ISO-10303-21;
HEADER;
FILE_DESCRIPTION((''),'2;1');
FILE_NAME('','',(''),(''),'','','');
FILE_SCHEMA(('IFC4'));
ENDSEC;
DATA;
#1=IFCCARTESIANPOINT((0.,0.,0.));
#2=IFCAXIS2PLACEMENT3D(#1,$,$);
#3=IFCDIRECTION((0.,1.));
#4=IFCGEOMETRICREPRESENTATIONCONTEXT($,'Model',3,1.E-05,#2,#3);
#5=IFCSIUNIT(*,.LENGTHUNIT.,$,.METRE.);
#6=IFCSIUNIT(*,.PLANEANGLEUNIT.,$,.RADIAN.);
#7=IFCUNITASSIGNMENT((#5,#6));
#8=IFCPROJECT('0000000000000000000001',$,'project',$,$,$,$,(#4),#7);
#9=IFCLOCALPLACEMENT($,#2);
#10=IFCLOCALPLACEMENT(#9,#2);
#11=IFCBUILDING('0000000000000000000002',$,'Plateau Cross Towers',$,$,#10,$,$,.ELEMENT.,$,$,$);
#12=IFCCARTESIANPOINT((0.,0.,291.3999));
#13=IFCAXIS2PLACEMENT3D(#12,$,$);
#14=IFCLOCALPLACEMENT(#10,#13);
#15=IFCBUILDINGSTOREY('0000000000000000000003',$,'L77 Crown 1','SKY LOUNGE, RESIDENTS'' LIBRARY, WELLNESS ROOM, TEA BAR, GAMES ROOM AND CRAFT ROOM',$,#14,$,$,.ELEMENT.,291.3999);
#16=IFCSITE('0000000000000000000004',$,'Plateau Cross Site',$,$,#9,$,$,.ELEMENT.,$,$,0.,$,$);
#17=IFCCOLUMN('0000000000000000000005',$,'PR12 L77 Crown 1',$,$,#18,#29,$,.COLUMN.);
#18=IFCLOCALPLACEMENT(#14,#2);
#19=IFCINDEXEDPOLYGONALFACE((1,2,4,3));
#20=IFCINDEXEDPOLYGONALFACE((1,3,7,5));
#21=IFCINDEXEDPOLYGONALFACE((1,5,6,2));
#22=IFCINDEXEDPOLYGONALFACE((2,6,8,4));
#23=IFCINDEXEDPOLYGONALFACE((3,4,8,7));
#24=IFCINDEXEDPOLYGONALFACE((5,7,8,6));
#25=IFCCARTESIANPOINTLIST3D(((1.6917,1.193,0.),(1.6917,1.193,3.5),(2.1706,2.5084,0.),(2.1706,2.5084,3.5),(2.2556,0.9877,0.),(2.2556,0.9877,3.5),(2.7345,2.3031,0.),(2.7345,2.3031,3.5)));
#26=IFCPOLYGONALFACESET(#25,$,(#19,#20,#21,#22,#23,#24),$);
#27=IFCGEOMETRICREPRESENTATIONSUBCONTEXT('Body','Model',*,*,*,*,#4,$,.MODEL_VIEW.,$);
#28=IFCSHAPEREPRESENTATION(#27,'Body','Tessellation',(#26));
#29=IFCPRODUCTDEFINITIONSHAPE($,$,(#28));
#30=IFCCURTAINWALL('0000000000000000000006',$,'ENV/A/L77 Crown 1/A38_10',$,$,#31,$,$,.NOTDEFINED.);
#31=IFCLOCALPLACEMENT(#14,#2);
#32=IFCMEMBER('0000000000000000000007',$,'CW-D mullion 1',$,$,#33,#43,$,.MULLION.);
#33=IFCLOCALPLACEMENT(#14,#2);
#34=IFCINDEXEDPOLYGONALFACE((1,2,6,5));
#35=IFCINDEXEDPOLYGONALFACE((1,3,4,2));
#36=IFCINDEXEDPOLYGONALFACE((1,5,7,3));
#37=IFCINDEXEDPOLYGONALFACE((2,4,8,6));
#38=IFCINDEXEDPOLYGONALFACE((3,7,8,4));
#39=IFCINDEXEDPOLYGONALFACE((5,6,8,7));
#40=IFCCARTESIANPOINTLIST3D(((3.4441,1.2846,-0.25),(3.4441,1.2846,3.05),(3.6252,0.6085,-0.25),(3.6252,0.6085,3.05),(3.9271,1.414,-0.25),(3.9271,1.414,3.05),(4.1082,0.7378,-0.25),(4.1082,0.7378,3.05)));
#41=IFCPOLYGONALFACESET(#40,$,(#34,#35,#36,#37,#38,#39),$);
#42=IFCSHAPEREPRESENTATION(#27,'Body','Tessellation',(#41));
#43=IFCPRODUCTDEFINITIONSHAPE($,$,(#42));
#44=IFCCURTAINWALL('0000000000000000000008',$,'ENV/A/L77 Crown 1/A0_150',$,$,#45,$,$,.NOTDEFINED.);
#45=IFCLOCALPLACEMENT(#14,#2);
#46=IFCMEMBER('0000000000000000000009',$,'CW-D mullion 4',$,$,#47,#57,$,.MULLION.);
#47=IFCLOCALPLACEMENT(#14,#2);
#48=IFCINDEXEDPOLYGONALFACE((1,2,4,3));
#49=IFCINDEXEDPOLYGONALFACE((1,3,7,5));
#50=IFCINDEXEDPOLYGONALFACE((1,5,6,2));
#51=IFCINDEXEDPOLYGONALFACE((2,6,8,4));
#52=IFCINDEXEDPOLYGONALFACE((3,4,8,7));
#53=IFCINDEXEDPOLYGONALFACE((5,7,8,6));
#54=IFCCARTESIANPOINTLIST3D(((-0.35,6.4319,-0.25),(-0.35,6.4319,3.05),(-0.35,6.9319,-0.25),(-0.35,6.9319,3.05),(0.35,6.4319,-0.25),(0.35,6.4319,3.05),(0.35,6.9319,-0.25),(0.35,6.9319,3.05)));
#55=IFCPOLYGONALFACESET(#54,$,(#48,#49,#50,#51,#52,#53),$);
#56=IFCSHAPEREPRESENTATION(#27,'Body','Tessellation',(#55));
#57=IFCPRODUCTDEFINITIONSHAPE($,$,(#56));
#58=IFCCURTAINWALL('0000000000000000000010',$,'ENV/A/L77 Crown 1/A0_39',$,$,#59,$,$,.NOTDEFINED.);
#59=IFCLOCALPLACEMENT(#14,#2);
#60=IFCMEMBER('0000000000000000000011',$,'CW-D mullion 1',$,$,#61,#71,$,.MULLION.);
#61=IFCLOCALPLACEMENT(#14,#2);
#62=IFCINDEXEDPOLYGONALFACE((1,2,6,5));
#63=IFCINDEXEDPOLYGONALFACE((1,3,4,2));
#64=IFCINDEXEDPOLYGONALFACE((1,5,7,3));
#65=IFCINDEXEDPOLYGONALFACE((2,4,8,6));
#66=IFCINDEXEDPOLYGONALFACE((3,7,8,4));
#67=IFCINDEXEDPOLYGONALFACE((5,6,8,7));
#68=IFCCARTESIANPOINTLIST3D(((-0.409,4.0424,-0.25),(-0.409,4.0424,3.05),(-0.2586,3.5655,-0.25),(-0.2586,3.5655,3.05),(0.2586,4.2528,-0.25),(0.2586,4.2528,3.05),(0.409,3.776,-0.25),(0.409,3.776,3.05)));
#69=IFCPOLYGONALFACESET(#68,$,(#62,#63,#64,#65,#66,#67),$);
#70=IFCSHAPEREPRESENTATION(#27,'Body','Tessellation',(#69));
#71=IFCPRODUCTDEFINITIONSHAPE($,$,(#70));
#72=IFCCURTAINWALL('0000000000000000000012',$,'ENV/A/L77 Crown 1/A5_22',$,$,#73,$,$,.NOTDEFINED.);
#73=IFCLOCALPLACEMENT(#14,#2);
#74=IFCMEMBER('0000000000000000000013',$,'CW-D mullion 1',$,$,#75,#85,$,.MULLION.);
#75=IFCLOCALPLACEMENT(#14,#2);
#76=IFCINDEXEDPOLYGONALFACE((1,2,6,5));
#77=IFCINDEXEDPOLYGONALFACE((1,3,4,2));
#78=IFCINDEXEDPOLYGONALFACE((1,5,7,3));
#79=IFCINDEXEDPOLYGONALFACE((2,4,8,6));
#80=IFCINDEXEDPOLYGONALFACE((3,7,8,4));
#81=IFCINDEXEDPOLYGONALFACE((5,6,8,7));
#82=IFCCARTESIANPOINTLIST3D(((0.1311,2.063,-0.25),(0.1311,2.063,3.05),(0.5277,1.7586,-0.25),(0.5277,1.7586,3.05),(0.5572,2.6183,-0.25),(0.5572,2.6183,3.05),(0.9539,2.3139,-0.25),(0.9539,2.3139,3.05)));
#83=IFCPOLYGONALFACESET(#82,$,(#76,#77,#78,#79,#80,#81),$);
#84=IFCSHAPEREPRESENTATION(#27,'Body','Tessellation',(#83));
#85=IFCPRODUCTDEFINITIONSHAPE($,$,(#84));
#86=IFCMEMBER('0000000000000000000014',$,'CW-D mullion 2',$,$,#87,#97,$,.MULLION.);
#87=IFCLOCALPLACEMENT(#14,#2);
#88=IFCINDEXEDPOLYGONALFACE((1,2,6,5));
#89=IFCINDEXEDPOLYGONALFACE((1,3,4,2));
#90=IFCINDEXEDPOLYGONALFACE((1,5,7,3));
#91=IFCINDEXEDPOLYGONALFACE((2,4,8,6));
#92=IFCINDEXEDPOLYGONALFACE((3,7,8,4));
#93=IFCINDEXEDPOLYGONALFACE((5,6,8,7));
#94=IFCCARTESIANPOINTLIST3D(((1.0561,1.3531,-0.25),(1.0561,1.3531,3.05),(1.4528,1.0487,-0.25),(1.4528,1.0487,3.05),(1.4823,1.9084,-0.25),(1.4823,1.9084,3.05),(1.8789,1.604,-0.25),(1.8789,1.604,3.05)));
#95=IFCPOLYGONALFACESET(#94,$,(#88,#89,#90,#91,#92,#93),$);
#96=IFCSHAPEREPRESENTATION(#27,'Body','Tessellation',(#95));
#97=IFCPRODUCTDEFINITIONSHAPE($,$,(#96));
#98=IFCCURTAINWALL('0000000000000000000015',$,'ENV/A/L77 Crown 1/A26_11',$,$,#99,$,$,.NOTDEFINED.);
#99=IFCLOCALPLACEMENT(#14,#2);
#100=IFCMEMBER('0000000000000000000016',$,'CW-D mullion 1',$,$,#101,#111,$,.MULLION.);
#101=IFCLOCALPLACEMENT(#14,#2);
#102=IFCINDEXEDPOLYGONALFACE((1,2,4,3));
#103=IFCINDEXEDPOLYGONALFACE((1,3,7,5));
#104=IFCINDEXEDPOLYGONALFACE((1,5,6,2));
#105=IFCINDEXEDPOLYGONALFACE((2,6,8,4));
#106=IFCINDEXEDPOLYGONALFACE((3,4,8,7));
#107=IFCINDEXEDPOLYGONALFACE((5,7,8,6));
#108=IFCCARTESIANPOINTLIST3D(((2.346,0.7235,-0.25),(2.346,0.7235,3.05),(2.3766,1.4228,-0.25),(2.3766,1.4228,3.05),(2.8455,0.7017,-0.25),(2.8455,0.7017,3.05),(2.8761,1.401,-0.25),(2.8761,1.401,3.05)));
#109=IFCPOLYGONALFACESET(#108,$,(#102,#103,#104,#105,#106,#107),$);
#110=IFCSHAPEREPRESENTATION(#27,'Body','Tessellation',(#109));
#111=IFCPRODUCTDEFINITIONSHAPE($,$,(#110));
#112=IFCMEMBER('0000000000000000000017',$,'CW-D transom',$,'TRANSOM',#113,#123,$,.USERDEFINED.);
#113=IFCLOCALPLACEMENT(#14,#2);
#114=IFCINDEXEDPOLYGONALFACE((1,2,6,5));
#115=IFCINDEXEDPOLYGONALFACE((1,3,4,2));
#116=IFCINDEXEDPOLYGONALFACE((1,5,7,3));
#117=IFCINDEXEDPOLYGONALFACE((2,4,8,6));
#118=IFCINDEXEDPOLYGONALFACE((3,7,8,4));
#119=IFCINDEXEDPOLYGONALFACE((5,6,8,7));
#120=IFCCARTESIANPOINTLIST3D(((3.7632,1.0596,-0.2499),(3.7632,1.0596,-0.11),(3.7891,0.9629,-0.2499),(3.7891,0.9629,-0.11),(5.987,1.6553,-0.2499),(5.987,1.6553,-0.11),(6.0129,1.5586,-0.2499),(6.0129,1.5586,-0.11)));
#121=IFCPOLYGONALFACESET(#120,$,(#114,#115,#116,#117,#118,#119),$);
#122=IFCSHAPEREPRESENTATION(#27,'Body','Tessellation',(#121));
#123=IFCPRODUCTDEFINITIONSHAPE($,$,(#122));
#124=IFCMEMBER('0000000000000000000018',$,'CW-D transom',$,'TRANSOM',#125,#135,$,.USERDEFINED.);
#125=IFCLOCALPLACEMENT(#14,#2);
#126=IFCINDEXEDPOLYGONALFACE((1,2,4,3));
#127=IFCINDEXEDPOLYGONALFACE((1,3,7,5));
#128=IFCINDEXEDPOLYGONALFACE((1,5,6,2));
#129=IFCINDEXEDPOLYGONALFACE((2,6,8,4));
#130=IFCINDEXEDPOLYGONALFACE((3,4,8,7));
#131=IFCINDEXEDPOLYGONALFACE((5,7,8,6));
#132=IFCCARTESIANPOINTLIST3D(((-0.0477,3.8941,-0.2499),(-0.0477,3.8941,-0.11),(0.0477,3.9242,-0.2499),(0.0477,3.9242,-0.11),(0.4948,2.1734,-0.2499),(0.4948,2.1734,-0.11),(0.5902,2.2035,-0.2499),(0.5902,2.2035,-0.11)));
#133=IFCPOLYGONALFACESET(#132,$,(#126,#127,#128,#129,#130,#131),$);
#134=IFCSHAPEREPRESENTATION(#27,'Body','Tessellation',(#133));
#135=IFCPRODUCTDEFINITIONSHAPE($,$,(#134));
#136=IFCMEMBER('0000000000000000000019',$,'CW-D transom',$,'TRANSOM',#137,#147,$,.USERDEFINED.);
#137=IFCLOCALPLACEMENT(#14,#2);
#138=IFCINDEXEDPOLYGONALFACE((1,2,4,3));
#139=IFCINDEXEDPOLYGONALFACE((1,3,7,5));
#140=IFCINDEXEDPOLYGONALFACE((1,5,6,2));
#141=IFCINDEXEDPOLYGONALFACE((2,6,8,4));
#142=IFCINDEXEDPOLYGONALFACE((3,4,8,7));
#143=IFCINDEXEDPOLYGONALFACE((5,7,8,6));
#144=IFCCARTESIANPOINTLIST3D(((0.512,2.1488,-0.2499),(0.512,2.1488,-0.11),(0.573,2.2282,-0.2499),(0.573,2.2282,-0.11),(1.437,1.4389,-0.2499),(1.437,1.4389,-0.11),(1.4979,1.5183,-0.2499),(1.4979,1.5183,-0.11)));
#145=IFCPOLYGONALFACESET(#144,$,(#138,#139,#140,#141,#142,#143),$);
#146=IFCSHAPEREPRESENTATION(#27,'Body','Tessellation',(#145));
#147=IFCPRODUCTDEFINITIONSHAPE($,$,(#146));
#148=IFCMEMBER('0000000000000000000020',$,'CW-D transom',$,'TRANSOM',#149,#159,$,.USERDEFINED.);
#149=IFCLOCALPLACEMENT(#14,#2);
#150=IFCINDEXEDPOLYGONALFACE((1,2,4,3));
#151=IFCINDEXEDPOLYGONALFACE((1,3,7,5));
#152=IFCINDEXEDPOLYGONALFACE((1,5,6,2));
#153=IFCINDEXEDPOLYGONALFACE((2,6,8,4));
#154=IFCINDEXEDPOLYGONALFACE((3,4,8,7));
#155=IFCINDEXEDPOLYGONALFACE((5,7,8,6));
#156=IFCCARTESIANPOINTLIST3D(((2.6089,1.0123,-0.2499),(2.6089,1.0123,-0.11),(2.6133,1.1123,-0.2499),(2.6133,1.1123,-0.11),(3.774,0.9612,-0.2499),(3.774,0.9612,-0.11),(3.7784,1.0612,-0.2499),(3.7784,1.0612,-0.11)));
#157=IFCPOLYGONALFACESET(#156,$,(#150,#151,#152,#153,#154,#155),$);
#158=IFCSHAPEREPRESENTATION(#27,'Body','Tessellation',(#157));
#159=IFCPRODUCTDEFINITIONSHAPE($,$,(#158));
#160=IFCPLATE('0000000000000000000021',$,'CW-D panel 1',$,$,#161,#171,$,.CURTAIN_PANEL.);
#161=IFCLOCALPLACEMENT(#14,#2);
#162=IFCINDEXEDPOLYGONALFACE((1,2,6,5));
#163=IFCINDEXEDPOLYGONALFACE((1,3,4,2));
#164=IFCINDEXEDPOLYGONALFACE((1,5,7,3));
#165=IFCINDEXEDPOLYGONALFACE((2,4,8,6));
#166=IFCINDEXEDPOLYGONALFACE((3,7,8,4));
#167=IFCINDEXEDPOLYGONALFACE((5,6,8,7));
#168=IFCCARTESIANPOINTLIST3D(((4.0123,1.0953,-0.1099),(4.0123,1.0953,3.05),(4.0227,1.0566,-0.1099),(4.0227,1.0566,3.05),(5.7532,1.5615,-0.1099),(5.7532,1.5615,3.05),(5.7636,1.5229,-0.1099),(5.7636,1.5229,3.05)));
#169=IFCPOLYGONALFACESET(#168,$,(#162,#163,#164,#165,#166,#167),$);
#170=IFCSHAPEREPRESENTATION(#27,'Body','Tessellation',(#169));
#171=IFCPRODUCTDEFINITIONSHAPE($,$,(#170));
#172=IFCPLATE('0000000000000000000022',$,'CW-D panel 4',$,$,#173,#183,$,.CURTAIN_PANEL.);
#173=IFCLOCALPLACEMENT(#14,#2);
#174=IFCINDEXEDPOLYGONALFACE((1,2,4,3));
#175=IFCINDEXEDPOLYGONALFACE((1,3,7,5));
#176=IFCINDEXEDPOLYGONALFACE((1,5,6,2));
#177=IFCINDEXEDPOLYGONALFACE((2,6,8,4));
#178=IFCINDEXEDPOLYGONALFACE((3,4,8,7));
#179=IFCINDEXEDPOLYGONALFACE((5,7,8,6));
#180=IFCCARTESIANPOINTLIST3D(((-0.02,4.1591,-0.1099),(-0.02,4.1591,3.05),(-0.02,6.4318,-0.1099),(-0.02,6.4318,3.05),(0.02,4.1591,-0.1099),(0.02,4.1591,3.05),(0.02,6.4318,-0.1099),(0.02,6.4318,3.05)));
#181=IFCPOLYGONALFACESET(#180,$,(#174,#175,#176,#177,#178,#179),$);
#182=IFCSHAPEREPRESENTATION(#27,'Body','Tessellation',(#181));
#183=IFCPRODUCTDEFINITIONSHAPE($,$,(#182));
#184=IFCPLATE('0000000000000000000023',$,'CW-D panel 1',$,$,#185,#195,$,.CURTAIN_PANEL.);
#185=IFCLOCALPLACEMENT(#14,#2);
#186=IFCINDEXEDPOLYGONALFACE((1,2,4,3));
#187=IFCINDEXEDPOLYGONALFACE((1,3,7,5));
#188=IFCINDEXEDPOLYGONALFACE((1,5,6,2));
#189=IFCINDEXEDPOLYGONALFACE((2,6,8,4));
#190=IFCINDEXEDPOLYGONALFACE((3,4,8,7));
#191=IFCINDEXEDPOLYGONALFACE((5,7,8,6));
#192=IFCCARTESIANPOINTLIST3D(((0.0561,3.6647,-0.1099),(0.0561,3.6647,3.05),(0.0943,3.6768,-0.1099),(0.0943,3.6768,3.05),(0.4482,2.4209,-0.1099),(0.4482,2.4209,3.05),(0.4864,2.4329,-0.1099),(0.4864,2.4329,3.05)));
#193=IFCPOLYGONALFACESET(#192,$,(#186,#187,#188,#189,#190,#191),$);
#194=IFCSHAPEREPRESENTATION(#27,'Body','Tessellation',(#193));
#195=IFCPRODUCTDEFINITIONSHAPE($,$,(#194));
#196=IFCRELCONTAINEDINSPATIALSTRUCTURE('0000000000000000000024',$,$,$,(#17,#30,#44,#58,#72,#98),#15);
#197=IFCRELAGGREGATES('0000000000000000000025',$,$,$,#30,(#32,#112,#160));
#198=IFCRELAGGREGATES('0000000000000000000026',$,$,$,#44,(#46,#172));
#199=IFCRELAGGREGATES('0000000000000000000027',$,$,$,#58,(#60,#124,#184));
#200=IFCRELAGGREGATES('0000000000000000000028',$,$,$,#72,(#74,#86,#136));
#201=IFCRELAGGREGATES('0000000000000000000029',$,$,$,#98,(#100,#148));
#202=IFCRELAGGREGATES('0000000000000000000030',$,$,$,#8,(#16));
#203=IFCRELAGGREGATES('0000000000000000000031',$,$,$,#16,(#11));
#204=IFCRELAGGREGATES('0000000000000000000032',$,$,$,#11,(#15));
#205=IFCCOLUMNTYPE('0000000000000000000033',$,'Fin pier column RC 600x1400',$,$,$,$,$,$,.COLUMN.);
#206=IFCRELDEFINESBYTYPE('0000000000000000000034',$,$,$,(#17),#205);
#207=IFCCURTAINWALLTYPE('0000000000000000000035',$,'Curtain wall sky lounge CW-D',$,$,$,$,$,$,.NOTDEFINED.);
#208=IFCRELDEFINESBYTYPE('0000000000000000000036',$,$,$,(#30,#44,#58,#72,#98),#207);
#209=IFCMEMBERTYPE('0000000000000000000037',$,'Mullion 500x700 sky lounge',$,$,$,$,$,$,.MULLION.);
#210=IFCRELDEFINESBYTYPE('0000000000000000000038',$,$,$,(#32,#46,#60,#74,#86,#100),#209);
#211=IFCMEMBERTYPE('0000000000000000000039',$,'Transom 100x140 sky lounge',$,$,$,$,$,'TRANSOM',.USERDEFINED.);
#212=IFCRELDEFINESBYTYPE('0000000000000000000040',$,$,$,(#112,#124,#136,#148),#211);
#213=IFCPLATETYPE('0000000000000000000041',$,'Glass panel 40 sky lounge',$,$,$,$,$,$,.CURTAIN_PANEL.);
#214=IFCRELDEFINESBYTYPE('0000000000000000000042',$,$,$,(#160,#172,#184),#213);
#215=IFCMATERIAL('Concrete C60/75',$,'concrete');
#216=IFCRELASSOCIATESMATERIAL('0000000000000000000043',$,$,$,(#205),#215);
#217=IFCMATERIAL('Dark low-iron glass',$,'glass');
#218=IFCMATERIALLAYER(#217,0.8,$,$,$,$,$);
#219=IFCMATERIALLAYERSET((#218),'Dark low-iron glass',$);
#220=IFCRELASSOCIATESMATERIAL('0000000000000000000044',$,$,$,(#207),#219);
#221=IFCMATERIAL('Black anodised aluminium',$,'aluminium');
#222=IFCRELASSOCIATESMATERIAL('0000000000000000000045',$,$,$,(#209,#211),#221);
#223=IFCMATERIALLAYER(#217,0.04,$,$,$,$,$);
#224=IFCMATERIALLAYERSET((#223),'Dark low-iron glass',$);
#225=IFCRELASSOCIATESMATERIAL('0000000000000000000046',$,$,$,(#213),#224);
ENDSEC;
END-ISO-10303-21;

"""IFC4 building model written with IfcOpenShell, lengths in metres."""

from ifc_helpers import new_model, si_unit, direction, frame, origin, origin_2d, place, context, subcontext, project, spatial, rectangle, extrude, material, layer, layer_set, material_profile, profile_set, type_object, element, aggregate, save


model = new_model("IFC4")

# Units and contexts
model_context = context("Model", 3, precision=1e-05, world=origin(), true_north=direction((0.0, 1.0)))
body_context = subcontext(model_context, "Body", "Model", "MODEL_VIEW")
ifc_project = project(units=[si_unit("LENGTHUNIT", "METRE"), si_unit("PLANEANGLEUNIT", "RADIAN")], contexts=[model_context])

# Site, building, storey
site_placement = place(None, origin())
site = spatial("IfcSite", under=ifc_project, at=site_placement, Name="Plateau Cross Site", CompositionType="ELEMENT", RefElevation=0.0)
building_placement = place(site_placement, origin())
building = spatial("IfcBuilding", under=site, at=building_placement, Name="Plateau Cross Towers", CompositionType="ELEMENT")
storey_placement = place(building_placement, frame((0.0, 0.0, 291.3999)))
storey = spatial("IfcBuildingStorey", under=building, at=storey_placement, Name="L77 Crown 1", Description="SKY LOUNGE, RESIDENTS' LIBRARY, WELLNESS ROOM, TEA BAR, GAMES ROOM AND CRAFT ROOM", CompositionType="ELEMENT", Elevation=291.3999)

# Column
ifc_material_1 = material(Name="Concrete C60/75", Category="concrete")
ifc_material_profile_1 = material_profile(ifc_material_1, rectangle(XDim=0.6001, YDim=1.3999, at=origin_2d()), Name="RC 600x1400")
ifc_profile_set_1 = profile_set([ifc_material_profile_1], Name="Concrete C60/75")
column_type = type_object("IfcColumnType", Name="Fin pier column RC 600x1400", PredefinedType="COLUMN", material=ifc_profile_set_1)
column_placement = place(storey_placement, frame((2.2131, 1.748, 0.0), z_axis=(0.0, 0.0, 1.0), x_axis=(-0.939664, 0.342098, 0.0)))
element("IfcColumn", 1, at=column_placement, inside=storey, type_object=column_type, Name="PR12 L77 Crown 1", PredefinedType="COLUMN", context=body_context, shape_type="SweptSolid", body=[
    extrude(rectangle(XDim=0.6001, YDim=1.3999, at=origin_2d()), origin(), (0.0, 0.0, 1.0), 3.5),
])

# Curtain walls, members
ifc_material_2 = material(Name="Dark low-iron glass", Category="glass")
ifc_layer_1 = layer(ifc_material_2, 0.8)
ifc_layer_set_1 = layer_set([ifc_layer_1], Name="Dark low-iron glass")
curtain_wall_type = type_object("IfcCurtainWallType", Name="Curtain wall sky lounge CW-D", PredefinedType="NOTDEFINED", material=ifc_layer_set_1)
curtain_wall_1_placement = place(storey_placement, origin())
curtain_wall_1 = element("IfcCurtainWall", 2, at=curtain_wall_1_placement, inside=storey, type_object=curtain_wall_type, Name="ENV/A/L77 Crown 1/A38_10", PredefinedType="NOTDEFINED")
ifc_material_3 = material(Name="Black anodised aluminium", Category="aluminium")
ifc_material_profile_2 = material_profile(ifc_material_3, rectangle(XDim=0.5, YDim=0.7, at=origin_2d()), Name="MULLION 500x700")
ifc_profile_set_2 = profile_set([ifc_material_profile_2], Name="Black anodised aluminium")
member_type_1 = type_object("IfcMemberType", Name="Mullion 500x700 sky lounge", PredefinedType="MULLION", material=ifc_profile_set_2)
member_1_placement = place(storey_placement, frame((3.7761, 1.0112, -0.25), z_axis=(0.0, 0.0, 1.0), x_axis=(0.965958, 0.258699, 0.0)))
member_1 = element("IfcMember", 3, at=member_1_placement, type_object=member_type_1, Name="CW-D mullion 1", PredefinedType="MULLION", context=body_context, shape_type="SweptSolid", body=[
    extrude(rectangle(XDim=0.5, YDim=0.7, at=origin_2d()), origin(), (0.0, 0.0, 1.0), 3.3),
])
curtain_wall_2_placement = place(storey_placement, origin())
curtain_wall_2 = element("IfcCurtainWall", 4, at=curtain_wall_2_placement, inside=storey, type_object=curtain_wall_type, Name="ENV/A/L77 Crown 1/A0_150", PredefinedType="NOTDEFINED")
member_2_placement = place(storey_placement, frame((0.0, 6.6819, -0.25), z_axis=(0.0, 0.0, 1.0), x_axis=(0.0, -1.0, 0.0)))
member_2 = element("IfcMember", 5, at=member_2_placement, type_object=member_type_1, Name="CW-D mullion 4", PredefinedType="MULLION", context=body_context, shape_type="SweptSolid", body=[
    extrude(rectangle(XDim=0.5, YDim=0.7, at=origin_2d()), origin(), (0.0, 0.0, 1.0), 3.3),
])
curtain_wall_3_placement = place(storey_placement, origin())
curtain_wall_3 = element("IfcCurtainWall", 6, at=curtain_wall_3_placement, inside=storey, type_object=curtain_wall_type, Name="ENV/A/L77 Crown 1/A0_39", PredefinedType="NOTDEFINED")
member_3_placement = place(storey_placement, frame((0.0, 3.9092, -0.25), z_axis=(0.0, 0.0, 1.0), x_axis=(0.300686, -0.953723, 0.0)))
member_3 = element("IfcMember", 7, at=member_3_placement, type_object=member_type_1, Name="CW-D mullion 1", PredefinedType="MULLION", context=body_context, shape_type="SweptSolid", body=[
    extrude(rectangle(XDim=0.5, YDim=0.7, at=origin_2d()), origin(), (0.0, 0.0, 1.0), 3.3),
])

# Curtain wall, members
curtain_wall_4_placement = place(storey_placement, origin())
curtain_wall_4 = element("IfcCurtainWall", 8, at=curtain_wall_4_placement, inside=storey, type_object=curtain_wall_type, Name="ENV/A/L77 Crown 1/A5_22", PredefinedType="NOTDEFINED")
member_4_placement = place(storey_placement, frame((0.5425, 2.1885, -0.25), z_axis=(0.0, 0.0, 1.0), x_axis=(0.793316, -0.608811, 0.0)))
member_4 = element("IfcMember", 9, at=member_4_placement, type_object=member_type_1, Name="CW-D mullion 1", PredefinedType="MULLION", context=body_context, shape_type="SweptSolid", body=[
    extrude(rectangle(XDim=0.5, YDim=0.7, at=origin_2d()), origin(), (0.0, 0.0, 1.0), 3.3),
])
member_5_placement = place(storey_placement, frame((1.4675, 1.4785, -0.25), z_axis=(0.0, 0.0, 1.0), x_axis=(0.793316, -0.608811, 0.0)))
member_5 = element("IfcMember", 10, at=member_5_placement, type_object=member_type_1, Name="CW-D mullion 2", PredefinedType="MULLION", context=body_context, shape_type="SweptSolid", body=[
    extrude(rectangle(XDim=0.5, YDim=0.7, at=origin_2d()), origin(), (0.0, 0.0, 1.0), 3.3),
])

# Curtain wall, member
curtain_wall_5_placement = place(storey_placement, origin())
curtain_wall_5 = element("IfcCurtainWall", 11, at=curtain_wall_5_placement, inside=storey, type_object=curtain_wall_type, Name="ENV/A/L77 Crown 1/A26_11", PredefinedType="NOTDEFINED")
member_6_placement = place(storey_placement, frame((2.6111, 1.0623, -0.25), z_axis=(0.0, 0.0, 1.0), x_axis=(0.999044, -0.043723, 0.0)))
member_6 = element("IfcMember", 12, at=member_6_placement, type_object=member_type_1, Name="CW-D mullion 1", PredefinedType="MULLION", context=body_context, shape_type="SweptSolid", body=[
    extrude(rectangle(XDim=0.5, YDim=0.7, at=origin_2d()), origin(), (0.0, 0.0, 1.0), 3.3),
])

# Members
ifc_material_profile_3 = material_profile(ifc_material_3, rectangle(XDim=0.1001, YDim=0.1399, at=origin_2d()), Name="TRANSOM 100x140")
ifc_profile_set_3 = profile_set([ifc_material_profile_3], Name="Black anodised aluminium")
member_type_2 = type_object("IfcMemberType", Name="Transom 100x140 sky lounge", ElementType="TRANSOM", PredefinedType="USERDEFINED", material=ifc_profile_set_3)
member_7_placement = place(storey_placement, frame((3.7761, 1.0112, -0.1799), z_axis=(0.965946, 0.258745, 0.0), x_axis=(-0.258745, 0.965946, 0.0)))
member_7 = element("IfcMember", 13, at=member_7_placement, type_object=member_type_2, Name="CW-D transom", ObjectType="TRANSOM", PredefinedType="USERDEFINED", context=body_context, shape_type="SweptSolid", body=[
    extrude(rectangle(XDim=0.1001, YDim=0.1399, at=origin_2d()), origin(), (0.0, 0.0, 1.0), 2.3022),
])
member_8_placement = place(storey_placement, frame((0.0, 3.9092, -0.1799), z_axis=(0.300678, -0.953726, 0.0), x_axis=(0.953726, 0.300678, 0.0)))
member_8 = element("IfcMember", 14, at=member_8_placement, type_object=member_type_2, Name="CW-D transom", ObjectType="TRANSOM", PredefinedType="USERDEFINED", context=body_context, shape_type="SweptSolid", body=[
    extrude(rectangle(XDim=0.1001, YDim=0.1399, at=origin_2d()), origin(), (0.0, 0.0, 1.0), 1.8042),
])
member_9_placement = place(storey_placement, frame((0.5425, 2.1885, -0.1799), z_axis=(0.793293, -0.60884, 0.0), x_axis=(0.60884, 0.793293, 0.0)))
member_9 = element("IfcMember", 15, at=member_9_placement, type_object=member_type_2, Name="CW-D transom", ObjectType="TRANSOM", PredefinedType="USERDEFINED", context=body_context, shape_type="SweptSolid", body=[
    extrude(rectangle(XDim=0.1001, YDim=0.1399, at=origin_2d()), origin(), (0.0, 0.0, 1.0), 1.166),
])
member_10_placement = place(storey_placement, frame((2.6111, 1.0623, -0.1799), z_axis=(0.999042, -0.043755, 0.0), x_axis=(0.043755, 0.999042, 0.0)))
member_10 = element("IfcMember", 16, at=member_10_placement, type_object=member_type_2, Name="CW-D transom", ObjectType="TRANSOM", PredefinedType="USERDEFINED", context=body_context, shape_type="SweptSolid", body=[
    extrude(rectangle(XDim=0.1001, YDim=0.1399, at=origin_2d()), origin(), (0.0, 0.0, 1.0), 1.1663),
])

# Plates
ifc_layer_2 = layer(ifc_material_2, 0.04)
ifc_layer_set_2 = layer_set([ifc_layer_2], Name="Dark low-iron glass")
plate_type = type_object("IfcPlateType", Name="Glass panel 40 sky lounge", PredefinedType="CURTAIN_PANEL", material=ifc_layer_set_2)
plate_1_placement = place(storey_placement, frame((4.8879, 1.3091, -0.1099), z_axis=(0.0, 0.0, 1.0), x_axis=(0.965958, 0.258699, 0.0)))
plate_1 = element("IfcPlate", 17, at=plate_1_placement, type_object=plate_type, Name="CW-D panel 1", PredefinedType="CURTAIN_PANEL", context=body_context, shape_type="SweptSolid", body=[
    extrude(rectangle(XDim=1.8022, YDim=0.04, at=origin_2d()), origin(), (0.0, 0.0, 1.0), 3.1599),
])
aggregate(curtain_wall_1, [member_1, member_7, plate_1])
plate_2_placement = place(storey_placement, frame((0.0, 5.2954, -0.1099), z_axis=(0.0, 0.0, 1.0), x_axis=(0.0, -1.0, 0.0)))
plate_2 = element("IfcPlate", 18, at=plate_2_placement, type_object=plate_type, Name="CW-D panel 4", PredefinedType="CURTAIN_PANEL", context=body_context, shape_type="SweptSolid", body=[
    extrude(rectangle(XDim=2.2727, YDim=0.04, at=origin_2d()), origin(), (0.0, 0.0, 1.0), 3.1599),
])
aggregate(curtain_wall_2, [member_2, plate_2])
plate_3_placement = place(storey_placement, frame((0.2712, 3.0488, -0.1099), z_axis=(0.0, 0.0, 1.0), x_axis=(0.300686, -0.953723, 0.0)))
plate_3 = element("IfcPlate", 19, at=plate_3_placement, type_object=plate_type, Name="CW-D panel 1", PredefinedType="CURTAIN_PANEL", context=body_context, shape_type="SweptSolid", body=[
    extrude(rectangle(XDim=1.3042, YDim=0.04, at=origin_2d()), origin(), (0.0, 0.0, 1.0), 3.1599),
])
aggregate(curtain_wall_3, [member_3, member_8, plate_3])
aggregate(curtain_wall_4, [member_4, member_5, member_9])
aggregate(curtain_wall_5, [member_6, member_10])

save(model, "model.ifc")
